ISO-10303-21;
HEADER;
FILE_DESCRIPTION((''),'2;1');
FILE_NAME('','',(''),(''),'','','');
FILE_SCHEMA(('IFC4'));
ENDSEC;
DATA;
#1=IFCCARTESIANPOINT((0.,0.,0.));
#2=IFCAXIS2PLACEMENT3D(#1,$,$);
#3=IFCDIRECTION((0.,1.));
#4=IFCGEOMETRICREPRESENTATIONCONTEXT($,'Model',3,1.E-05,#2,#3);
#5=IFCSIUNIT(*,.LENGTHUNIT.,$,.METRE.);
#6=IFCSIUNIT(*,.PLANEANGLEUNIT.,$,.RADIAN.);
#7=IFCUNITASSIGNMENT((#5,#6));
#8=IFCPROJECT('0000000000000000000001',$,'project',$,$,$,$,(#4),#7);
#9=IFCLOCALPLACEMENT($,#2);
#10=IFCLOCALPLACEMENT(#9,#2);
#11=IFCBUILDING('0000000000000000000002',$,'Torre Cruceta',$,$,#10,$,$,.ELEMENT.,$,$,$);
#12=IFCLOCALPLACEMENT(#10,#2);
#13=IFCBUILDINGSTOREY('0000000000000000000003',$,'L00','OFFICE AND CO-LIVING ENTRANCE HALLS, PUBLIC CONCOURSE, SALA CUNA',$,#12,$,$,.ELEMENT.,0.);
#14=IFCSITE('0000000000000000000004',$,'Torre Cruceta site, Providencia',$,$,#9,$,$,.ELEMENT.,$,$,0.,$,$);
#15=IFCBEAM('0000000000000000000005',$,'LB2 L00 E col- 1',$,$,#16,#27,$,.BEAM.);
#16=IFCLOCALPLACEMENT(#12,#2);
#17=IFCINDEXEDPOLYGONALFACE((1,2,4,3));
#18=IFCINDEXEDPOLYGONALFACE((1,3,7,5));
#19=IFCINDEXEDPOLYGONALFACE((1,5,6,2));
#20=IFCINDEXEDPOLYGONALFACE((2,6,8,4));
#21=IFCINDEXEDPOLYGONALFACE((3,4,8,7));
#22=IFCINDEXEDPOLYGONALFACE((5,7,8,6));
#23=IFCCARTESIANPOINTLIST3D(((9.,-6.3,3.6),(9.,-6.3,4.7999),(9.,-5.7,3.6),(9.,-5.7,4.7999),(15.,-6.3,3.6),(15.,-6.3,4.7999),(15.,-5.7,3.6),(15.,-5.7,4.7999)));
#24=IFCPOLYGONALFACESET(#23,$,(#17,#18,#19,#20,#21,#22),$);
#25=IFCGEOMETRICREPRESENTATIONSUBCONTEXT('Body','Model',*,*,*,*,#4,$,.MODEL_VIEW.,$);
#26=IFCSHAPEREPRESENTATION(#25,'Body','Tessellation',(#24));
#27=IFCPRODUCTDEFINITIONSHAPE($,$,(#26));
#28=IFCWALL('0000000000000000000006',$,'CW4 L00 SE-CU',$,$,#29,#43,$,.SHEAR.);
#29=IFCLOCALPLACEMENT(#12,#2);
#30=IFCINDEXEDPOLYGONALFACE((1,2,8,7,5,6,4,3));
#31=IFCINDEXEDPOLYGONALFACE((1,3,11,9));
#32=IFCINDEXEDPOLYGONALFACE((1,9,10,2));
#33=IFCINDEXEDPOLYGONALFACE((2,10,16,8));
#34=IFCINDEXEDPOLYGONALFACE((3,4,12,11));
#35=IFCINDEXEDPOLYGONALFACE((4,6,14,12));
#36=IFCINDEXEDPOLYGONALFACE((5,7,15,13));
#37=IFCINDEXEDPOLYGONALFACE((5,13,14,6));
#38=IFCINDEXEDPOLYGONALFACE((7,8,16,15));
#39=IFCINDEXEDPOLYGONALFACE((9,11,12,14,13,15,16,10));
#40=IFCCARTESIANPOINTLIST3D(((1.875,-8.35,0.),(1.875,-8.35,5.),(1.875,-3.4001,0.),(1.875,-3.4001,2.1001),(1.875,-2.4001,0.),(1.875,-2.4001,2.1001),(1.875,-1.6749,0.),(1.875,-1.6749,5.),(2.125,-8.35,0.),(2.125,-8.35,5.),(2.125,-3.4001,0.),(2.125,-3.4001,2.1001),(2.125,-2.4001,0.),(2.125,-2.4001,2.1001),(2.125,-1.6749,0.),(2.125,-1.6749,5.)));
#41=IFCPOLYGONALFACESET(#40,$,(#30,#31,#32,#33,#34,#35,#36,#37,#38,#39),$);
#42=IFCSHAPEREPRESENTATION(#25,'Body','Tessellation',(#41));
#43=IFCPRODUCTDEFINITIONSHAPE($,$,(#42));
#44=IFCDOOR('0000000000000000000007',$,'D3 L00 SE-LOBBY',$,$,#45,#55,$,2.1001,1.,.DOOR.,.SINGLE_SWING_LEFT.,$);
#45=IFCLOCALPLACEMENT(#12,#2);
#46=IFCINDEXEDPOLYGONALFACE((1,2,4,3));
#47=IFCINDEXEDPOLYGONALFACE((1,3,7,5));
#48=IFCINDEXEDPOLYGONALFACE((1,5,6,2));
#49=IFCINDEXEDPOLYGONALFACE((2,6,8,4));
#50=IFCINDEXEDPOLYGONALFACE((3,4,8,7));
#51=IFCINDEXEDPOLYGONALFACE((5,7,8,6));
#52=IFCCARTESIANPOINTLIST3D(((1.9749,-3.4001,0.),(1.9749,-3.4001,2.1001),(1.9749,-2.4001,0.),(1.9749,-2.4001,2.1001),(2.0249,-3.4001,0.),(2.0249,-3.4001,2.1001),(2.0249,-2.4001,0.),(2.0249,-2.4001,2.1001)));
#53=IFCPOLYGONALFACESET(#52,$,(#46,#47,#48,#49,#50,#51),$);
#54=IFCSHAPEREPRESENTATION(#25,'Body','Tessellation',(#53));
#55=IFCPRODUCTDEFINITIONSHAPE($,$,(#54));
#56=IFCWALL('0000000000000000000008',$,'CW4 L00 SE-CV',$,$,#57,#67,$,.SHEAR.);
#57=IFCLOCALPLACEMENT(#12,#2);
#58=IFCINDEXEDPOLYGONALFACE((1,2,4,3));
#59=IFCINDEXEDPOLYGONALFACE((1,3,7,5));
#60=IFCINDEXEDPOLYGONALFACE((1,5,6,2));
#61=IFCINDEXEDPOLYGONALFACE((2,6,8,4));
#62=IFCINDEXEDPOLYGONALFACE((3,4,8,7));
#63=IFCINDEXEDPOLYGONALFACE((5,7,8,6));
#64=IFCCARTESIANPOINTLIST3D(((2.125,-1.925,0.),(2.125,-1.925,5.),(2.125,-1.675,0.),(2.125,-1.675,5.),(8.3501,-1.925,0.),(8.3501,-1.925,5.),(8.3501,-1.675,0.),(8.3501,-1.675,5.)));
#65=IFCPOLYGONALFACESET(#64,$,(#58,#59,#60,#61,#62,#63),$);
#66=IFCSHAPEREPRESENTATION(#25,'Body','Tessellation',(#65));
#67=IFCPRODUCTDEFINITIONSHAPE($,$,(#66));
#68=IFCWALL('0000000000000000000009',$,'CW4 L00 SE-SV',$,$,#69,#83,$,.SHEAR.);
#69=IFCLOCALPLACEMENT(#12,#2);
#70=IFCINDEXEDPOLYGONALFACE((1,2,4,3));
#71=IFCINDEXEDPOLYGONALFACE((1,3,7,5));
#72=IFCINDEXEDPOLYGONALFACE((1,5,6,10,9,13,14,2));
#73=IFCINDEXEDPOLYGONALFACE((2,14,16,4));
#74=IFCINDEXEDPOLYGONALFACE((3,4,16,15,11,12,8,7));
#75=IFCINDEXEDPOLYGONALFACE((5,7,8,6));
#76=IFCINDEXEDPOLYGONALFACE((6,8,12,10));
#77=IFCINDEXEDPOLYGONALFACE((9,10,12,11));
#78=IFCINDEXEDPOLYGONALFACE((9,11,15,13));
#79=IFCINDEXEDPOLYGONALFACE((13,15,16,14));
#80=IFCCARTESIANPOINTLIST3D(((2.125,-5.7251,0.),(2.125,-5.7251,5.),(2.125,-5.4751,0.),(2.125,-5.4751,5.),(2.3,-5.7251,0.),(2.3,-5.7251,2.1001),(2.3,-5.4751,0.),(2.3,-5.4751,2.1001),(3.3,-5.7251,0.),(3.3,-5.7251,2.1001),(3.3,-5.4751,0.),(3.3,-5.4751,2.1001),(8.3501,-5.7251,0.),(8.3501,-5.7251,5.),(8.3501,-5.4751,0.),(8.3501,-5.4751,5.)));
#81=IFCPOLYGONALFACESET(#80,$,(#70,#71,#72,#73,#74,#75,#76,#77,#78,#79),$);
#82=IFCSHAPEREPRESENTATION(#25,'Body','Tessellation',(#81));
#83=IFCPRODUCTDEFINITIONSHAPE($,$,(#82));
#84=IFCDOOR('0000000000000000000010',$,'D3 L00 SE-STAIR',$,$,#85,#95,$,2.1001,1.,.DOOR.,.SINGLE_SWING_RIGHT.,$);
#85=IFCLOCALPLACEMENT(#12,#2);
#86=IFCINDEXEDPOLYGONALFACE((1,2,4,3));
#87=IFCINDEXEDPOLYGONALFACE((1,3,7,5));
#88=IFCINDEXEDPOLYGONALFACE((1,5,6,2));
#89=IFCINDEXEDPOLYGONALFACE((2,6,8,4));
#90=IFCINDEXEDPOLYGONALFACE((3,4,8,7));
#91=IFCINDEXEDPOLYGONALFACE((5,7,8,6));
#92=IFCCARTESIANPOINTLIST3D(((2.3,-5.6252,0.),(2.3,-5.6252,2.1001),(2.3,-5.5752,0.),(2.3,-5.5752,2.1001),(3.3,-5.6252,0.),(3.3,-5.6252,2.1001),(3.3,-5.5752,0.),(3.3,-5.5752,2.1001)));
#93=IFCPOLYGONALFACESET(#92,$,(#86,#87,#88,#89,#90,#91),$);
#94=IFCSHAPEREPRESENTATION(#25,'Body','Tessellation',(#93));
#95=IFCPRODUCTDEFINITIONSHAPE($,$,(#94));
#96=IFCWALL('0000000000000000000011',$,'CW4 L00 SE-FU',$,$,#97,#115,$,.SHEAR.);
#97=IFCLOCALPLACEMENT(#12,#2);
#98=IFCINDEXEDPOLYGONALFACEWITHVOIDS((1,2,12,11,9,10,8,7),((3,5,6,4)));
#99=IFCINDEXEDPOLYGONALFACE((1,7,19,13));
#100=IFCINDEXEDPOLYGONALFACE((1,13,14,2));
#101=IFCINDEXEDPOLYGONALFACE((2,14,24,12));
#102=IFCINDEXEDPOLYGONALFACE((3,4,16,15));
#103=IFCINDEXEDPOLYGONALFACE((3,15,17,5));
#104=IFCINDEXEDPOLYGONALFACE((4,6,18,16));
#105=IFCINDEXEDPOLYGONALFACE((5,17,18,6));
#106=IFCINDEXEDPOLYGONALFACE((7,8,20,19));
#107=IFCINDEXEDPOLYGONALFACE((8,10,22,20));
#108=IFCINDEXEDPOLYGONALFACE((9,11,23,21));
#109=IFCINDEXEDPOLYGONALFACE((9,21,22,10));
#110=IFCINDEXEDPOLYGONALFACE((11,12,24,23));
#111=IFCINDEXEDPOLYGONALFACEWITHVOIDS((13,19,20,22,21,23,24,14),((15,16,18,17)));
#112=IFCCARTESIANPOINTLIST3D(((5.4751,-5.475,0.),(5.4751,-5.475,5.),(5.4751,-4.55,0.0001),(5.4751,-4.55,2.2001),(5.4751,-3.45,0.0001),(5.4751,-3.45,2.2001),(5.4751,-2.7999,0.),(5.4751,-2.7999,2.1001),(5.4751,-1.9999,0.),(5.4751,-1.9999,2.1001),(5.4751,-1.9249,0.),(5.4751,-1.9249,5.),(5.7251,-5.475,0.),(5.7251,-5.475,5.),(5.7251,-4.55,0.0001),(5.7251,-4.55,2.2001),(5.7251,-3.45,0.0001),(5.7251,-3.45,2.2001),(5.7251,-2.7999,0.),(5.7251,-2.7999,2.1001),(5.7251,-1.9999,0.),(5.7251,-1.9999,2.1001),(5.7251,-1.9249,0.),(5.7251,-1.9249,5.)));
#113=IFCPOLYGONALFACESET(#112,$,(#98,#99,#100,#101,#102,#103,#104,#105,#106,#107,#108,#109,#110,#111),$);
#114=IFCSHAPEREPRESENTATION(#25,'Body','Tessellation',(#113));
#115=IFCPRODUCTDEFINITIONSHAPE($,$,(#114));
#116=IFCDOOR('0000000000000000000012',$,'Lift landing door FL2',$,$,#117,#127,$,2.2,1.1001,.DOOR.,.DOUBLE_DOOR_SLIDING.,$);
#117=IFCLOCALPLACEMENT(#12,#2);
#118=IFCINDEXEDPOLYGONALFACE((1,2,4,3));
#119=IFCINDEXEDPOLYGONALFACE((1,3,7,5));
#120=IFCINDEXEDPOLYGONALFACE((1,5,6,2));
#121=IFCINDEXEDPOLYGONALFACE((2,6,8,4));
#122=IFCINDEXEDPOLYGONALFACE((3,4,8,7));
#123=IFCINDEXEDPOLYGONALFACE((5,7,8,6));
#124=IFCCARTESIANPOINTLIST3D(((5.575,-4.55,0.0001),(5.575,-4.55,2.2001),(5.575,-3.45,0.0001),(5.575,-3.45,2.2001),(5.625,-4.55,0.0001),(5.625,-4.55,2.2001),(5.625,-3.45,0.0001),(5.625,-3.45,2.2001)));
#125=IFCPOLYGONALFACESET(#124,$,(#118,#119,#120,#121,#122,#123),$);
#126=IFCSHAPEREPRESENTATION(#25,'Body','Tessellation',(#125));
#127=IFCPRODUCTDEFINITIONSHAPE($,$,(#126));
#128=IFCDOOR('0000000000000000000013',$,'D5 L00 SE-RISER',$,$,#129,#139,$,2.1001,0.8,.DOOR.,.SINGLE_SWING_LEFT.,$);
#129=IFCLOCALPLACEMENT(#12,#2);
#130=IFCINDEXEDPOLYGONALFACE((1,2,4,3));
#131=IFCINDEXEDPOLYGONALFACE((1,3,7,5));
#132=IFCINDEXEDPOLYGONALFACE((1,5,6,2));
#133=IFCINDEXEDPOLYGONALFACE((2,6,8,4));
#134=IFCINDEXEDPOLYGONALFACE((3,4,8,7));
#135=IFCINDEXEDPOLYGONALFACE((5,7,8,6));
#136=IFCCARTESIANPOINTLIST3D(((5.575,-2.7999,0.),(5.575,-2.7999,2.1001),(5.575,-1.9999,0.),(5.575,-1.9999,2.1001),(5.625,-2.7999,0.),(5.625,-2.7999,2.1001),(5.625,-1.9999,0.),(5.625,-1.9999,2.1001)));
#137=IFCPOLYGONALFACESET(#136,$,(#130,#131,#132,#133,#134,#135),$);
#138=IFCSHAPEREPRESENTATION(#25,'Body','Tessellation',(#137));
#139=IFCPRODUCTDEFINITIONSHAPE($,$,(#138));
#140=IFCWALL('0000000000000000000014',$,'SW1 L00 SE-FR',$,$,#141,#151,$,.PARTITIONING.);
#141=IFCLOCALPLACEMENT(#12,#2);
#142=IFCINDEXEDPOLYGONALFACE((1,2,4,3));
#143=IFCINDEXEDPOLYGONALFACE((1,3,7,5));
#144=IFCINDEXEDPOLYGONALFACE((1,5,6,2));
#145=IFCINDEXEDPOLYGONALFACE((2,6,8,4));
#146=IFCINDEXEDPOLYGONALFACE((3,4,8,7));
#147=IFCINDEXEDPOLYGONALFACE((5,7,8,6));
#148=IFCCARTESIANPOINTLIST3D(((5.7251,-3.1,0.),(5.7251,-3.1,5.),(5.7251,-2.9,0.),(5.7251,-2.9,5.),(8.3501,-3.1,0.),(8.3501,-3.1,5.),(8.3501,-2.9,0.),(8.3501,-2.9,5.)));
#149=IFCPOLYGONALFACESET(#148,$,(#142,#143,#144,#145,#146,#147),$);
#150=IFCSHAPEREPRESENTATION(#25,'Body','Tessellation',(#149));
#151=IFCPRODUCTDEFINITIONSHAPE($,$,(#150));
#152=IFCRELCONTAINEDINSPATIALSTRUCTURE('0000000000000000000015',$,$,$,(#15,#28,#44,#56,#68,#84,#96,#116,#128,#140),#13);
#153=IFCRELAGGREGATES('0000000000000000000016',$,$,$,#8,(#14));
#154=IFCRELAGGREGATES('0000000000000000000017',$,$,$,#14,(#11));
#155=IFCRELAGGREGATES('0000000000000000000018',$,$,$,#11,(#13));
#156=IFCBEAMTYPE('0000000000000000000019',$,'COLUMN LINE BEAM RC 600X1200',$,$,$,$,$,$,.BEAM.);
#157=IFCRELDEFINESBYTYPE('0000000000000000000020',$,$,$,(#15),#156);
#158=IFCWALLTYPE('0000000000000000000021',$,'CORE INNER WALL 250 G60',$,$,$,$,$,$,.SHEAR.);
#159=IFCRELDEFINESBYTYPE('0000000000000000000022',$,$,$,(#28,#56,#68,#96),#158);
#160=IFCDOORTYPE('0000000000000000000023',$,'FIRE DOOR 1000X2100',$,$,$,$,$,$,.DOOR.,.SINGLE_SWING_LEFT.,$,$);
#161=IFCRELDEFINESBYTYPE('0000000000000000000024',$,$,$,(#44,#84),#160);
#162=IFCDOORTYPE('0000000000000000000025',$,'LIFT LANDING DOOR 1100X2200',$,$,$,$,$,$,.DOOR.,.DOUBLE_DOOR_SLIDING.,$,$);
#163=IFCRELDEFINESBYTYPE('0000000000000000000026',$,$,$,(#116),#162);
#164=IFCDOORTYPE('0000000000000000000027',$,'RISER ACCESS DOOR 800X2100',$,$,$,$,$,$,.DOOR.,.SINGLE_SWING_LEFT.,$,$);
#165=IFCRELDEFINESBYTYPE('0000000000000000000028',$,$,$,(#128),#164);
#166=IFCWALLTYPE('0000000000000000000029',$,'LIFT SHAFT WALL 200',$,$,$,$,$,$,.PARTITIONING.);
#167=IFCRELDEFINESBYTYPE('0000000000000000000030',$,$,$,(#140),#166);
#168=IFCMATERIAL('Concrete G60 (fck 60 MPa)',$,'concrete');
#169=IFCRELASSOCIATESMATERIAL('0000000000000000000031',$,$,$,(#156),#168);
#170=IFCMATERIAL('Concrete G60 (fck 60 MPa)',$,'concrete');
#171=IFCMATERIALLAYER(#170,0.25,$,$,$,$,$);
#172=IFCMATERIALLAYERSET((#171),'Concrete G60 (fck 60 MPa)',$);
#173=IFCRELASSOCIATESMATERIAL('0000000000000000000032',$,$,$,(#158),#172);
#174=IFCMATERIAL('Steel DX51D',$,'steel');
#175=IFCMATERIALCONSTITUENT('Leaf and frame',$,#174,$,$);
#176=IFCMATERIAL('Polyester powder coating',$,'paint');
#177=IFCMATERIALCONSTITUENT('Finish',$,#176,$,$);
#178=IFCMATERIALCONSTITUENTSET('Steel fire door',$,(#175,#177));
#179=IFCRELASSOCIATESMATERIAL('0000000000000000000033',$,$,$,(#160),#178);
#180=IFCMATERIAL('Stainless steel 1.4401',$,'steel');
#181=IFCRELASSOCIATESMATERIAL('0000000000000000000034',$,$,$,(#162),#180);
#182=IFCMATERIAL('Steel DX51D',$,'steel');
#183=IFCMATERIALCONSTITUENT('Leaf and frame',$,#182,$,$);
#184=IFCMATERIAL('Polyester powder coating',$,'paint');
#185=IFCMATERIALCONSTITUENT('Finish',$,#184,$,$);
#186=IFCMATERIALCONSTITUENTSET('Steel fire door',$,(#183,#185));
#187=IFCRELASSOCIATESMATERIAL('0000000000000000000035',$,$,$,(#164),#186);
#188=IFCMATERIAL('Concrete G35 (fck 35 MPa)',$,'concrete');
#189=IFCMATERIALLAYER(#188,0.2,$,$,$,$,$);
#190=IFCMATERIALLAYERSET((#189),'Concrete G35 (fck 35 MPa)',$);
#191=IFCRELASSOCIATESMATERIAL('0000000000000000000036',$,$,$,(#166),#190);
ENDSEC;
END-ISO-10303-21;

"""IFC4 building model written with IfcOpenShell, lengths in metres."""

from ifc_helpers import new_model, si_unit, direction, frame, frame_2d, origin, origin_2d, place, context, subcontext, project, spatial, rectangle, extrude, material, layer, layer_set, constituent, constituent_set, material_profile, profile_set, type_object, element, fill, save


model = new_model("IFC4")

# Units and contexts
model_context = context("Model", 3, precision=1e-05, world=origin(), true_north=direction((0.0, 1.0)))
body_context = subcontext(model_context, "Body", "Model", "MODEL_VIEW")
ifc_project = project(units=[si_unit("LENGTHUNIT", "METRE"), si_unit("PLANEANGLEUNIT", "RADIAN")], contexts=[model_context])

# Site, building, storey
site_placement = place(None, origin())
site = spatial("IfcSite", under=ifc_project, at=site_placement, Name="Torre Cruceta site, Providencia", CompositionType="ELEMENT", RefElevation=0.0)
building_placement = place(site_placement, origin())
building = spatial("IfcBuilding", under=site, at=building_placement, Name="Torre Cruceta", CompositionType="ELEMENT")
storey_placement = place(building_placement, origin())
storey = spatial("IfcBuildingStorey", under=building, at=storey_placement, Name="L00", Description="OFFICE AND CO-LIVING ENTRANCE HALLS, PUBLIC CONCOURSE, SALA CUNA", CompositionType="ELEMENT", Elevation=0.0)

# Beam
ifc_material_1 = material(Name="Concrete G60 (fck 60 MPa)", Category="concrete")
ifc_material_profile = material_profile(ifc_material_1, rectangle(XDim=0.6001, YDim=1.2, at=origin_2d()), Name="RC 600X1200")
ifc_profile_set = profile_set([ifc_material_profile], Name="Concrete G60 (fck 60 MPa)")
beam_type = type_object("IfcBeamType", Name="COLUMN LINE BEAM RC 600X1200", PredefinedType="BEAM", material=ifc_profile_set)
beam_placement = place(storey_placement, frame((9.0, -6.0, 4.2), z_axis=(1.0, 0.0, 0.0), x_axis=(0.0, 1.0, 0.0)))
element("IfcBeam", 1, at=beam_placement, inside=storey, type_object=beam_type, Name="LB2 L00 E col- 1", PredefinedType="BEAM", context=body_context, shape_type="SweptSolid", body=[
    extrude(rectangle(XDim=0.6001, YDim=1.2, at=origin_2d()), origin(), (0.0, 0.0, 1.0), 6.0),
])

# Wall, opening, door
ifc_material_2 = material(Name="Concrete G60 (fck 60 MPa)", Category="concrete")
ifc_layer_1 = layer(ifc_material_2, 0.25)
ifc_layer_set_1 = layer_set([ifc_layer_1], Name="Concrete G60 (fck 60 MPa)")
wall_type_1 = type_object("IfcWallType", Name="CORE INNER WALL 250 G60", PredefinedType="SHEAR", material=ifc_layer_set_1)
wall_1_placement = place(storey_placement, frame((2.0, -1.675, 0.0), z_axis=(0.0, 0.0, 1.0), x_axis=(0.0, -1.0, 0.0)))
wall_1 = element("IfcWall", 2, at=wall_1_placement, inside=storey, type_object=wall_type_1, Name="CW4 L00 SE-CU", PredefinedType="SHEAR", context=body_context, shape_type="SweptSolid", body=[
    extrude(rectangle(XDim=6.675, YDim=0.25, at=frame_2d((3.3374, 0.0))), origin(), (0.0, 0.0, 1.0), 5.0),
])
opening_1_placement = place(wall_1_placement, frame((0.7251, 0.0, 0.0)))
opening_1 = element("IfcOpeningElement", 3, at=opening_1_placement, cuts=wall_1, PredefinedType="OPENING", context=body_context, shape_type="SweptSolid", body=[
    extrude(rectangle(XDim=1.0, YDim=2.1001, at=frame_2d((0.5, 1.05))), frame((0.0, 0.135, 0.0), z_axis=(0.0, -1.0, 0.0), x_axis=(1.0, 0.0, 0.0)), (0.0, 0.0, 1.0), 0.27),
])
ifc_material_3 = material(Name="Steel DX51D", Category="steel")
ifc_constituent_1 = constituent(ifc_material_3, Name="Leaf and frame")
ifc_material_4 = material(Name="Polyester powder coating", Category="paint")
ifc_constituent_2 = constituent(ifc_material_4, Name="Finish")
ifc_constituent_set_1 = constituent_set(constituents=[ifc_constituent_1, ifc_constituent_2], Name="Steel fire door")
door_type_1 = type_object("IfcDoorType", Name="FIRE DOOR 1000X2100", OperationType="SINGLE_SWING_LEFT", PredefinedType="DOOR", material=ifc_constituent_set_1)
door_1_placement = place(opening_1_placement, origin())
door_1 = element("IfcDoor", 4, at=door_1_placement, inside=storey, type_object=door_type_1, Name="D3 L00 SE-LOBBY", OperationType="SINGLE_SWING_LEFT", OverallHeight=2.1001, OverallWidth=1.0, PredefinedType="DOOR", context=body_context, shape_type="SweptSolid", body=[
    extrude(rectangle(XDim=1.0, YDim=2.1001, at=frame_2d((0.5, 1.05))), frame((0.0, 0.0249, 0.0), z_axis=(0.0, -1.0, 0.0), x_axis=(1.0, 0.0, 0.0)), (0.0, 0.0, 1.0), 0.05),
])
fill(opening_1, door_1)

# Wall
wall_2_placement = place(storey_placement, frame((2.125, -1.8, 0.0), z_axis=(0.0, 0.0, 1.0), x_axis=(1.0, 0.0, 0.0)))
element("IfcWall", 5, at=wall_2_placement, inside=storey, type_object=wall_type_1, Name="CW4 L00 SE-CV", PredefinedType="SHEAR", context=body_context, shape_type="SweptSolid", body=[
    extrude(rectangle(XDim=6.2251, YDim=0.25, at=frame_2d((3.1125, 0.0))), origin(), (0.0, 0.0, 1.0), 5.0),
])

# Wall, opening, door
wall_3_placement = place(storey_placement, frame((2.125, -5.6001, 0.0), z_axis=(0.0, 0.0, 1.0), x_axis=(1.0, 0.0, 0.0)))
wall_3 = element("IfcWall", 6, at=wall_3_placement, inside=storey, type_object=wall_type_1, Name="CW4 L00 SE-SV", PredefinedType="SHEAR", context=body_context, shape_type="SweptSolid", body=[
    extrude(rectangle(XDim=6.2251, YDim=0.25, at=frame_2d((3.1125, 0.0))), origin(), (0.0, 0.0, 1.0), 5.0),
])
opening_2_placement = place(wall_3_placement, frame((0.175, 0.0, 0.0)))
opening_2 = element("IfcOpeningElement", 7, at=opening_2_placement, cuts=wall_3, PredefinedType="OPENING", context=body_context, shape_type="SweptSolid", body=[
    extrude(rectangle(XDim=1.0, YDim=2.1001, at=frame_2d((0.5, 1.05))), frame((0.0, 0.135, 0.0), z_axis=(0.0, -1.0, 0.0), x_axis=(1.0, 0.0, 0.0)), (0.0, 0.0, 1.0), 0.27),
])
door_2_placement = place(opening_2_placement, frame((1.0, 0.0, 0.0), z_axis=(0.0, 0.0, 1.0), x_axis=(-1.0, 0.0, 0.0)))
door_2 = element("IfcDoor", 8, at=door_2_placement, inside=storey, type_object=door_type_1, Name="D3 L00 SE-STAIR", OperationType="SINGLE_SWING_RIGHT", OverallHeight=2.1001, OverallWidth=1.0, PredefinedType="DOOR", context=body_context, shape_type="SweptSolid", body=[
    extrude(rectangle(XDim=1.0, YDim=2.1001, at=frame_2d((0.5, 1.05))), frame((0.0, 0.0251, 0.0), z_axis=(0.0, -1.0, 0.0), x_axis=(1.0, 0.0, 0.0)), (0.0, 0.0, 1.0), 0.05),
])
fill(opening_2, door_2)

# Wall, openings, doors
wall_4_placement = place(storey_placement, frame((5.6001, -1.925, 0.0), z_axis=(0.0, 0.0, 1.0), x_axis=(0.0, -1.0, 0.0)))
wall_4 = element("IfcWall", 9, at=wall_4_placement, inside=storey, type_object=wall_type_1, Name="CW4 L00 SE-FU", PredefinedType="SHEAR", context=body_context, shape_type="SweptSolid", body=[
    extrude(rectangle(XDim=3.55, YDim=0.25, at=frame_2d((1.7749, 0.0))), origin(), (0.0, 0.0, 1.0), 5.0),
])
opening_3_placement = place(wall_4_placement, frame((1.5249, 0.0, 0.0)))
opening_3 = element("IfcOpeningElement", 10, at=opening_3_placement, cuts=wall_4, PredefinedType="OPENING", context=body_context, shape_type="SweptSolid", body=[
    extrude(rectangle(XDim=1.1001, YDim=2.2, at=frame_2d((0.55, 1.1001))), frame((0.0, 0.135, 0.0), z_axis=(0.0, -1.0, 0.0), x_axis=(1.0, 0.0, 0.0)), (0.0, 0.0, 1.0), 0.27),
])
opening_4_placement = place(wall_4_placement, frame((0.075, 0.0, 0.0)))
opening_4 = element("IfcOpeningElement", 11, at=opening_4_placement, cuts=wall_4, PredefinedType="OPENING", context=body_context, shape_type="SweptSolid", body=[
    extrude(rectangle(XDim=0.8, YDim=2.1001, at=frame_2d((0.3999, 1.05))), frame((0.0, 0.135, 0.0), z_axis=(0.0, -1.0, 0.0), x_axis=(1.0, 0.0, 0.0)), (0.0, 0.0, 1.0), 0.27),
])
ifc_material_5 = material(Name="Stainless steel 1.4401", Category="steel")
door_type_2 = type_object("IfcDoorType", Name="LIFT LANDING DOOR 1100X2200", OperationType="DOUBLE_DOOR_SLIDING", PredefinedType="DOOR", material=ifc_material_5)
door_3_placement = place(opening_3_placement, origin())
door_3 = element("IfcDoor", 12, at=door_3_placement, inside=storey, type_object=door_type_2, Name="Lift landing door FL2", OperationType="DOUBLE_DOOR_SLIDING", OverallHeight=2.2, OverallWidth=1.1001, PredefinedType="DOOR", context=body_context, shape_type="SweptSolid", body=[
    extrude(rectangle(XDim=1.1001, YDim=2.2, at=frame_2d((0.55, 1.1001))), frame((0.0, 0.0249, 0.0), z_axis=(0.0, -1.0, 0.0), x_axis=(1.0, 0.0, 0.0)), (0.0, 0.0, 1.0), 0.05),
])
fill(opening_3, door_3)
ifc_material_6 = material(Name="Steel DX51D", Category="steel")
ifc_constituent_3 = constituent(ifc_material_6, Name="Leaf and frame")
ifc_material_7 = material(Name="Polyester powder coating", Category="paint")
ifc_constituent_4 = constituent(ifc_material_7, Name="Finish")
ifc_constituent_set_2 = constituent_set(constituents=[ifc_constituent_3, ifc_constituent_4], Name="Steel fire door")
door_type_3 = type_object("IfcDoorType", Name="RISER ACCESS DOOR 800X2100", OperationType="SINGLE_SWING_LEFT", PredefinedType="DOOR", material=ifc_constituent_set_2)
door_4_placement = place(opening_4_placement, origin())
door_4 = element("IfcDoor", 13, at=door_4_placement, inside=storey, type_object=door_type_3, Name="D5 L00 SE-RISER", OperationType="SINGLE_SWING_LEFT", OverallHeight=2.1001, OverallWidth=0.8, PredefinedType="DOOR", context=body_context, shape_type="SweptSolid", body=[
    extrude(rectangle(XDim=0.8, YDim=2.1001, at=frame_2d((0.3999, 1.05))), frame((0.0, 0.0249, 0.0), z_axis=(0.0, -1.0, 0.0), x_axis=(1.0, 0.0, 0.0)), (0.0, 0.0, 1.0), 0.05),
])
fill(opening_4, door_4)

# Wall
ifc_material_8 = material(Name="Concrete G35 (fck 35 MPa)", Category="concrete")
ifc_layer_2 = layer(ifc_material_8, 0.2)
ifc_layer_set_2 = layer_set([ifc_layer_2], Name="Concrete G35 (fck 35 MPa)")
wall_type_2 = type_object("IfcWallType", Name="LIFT SHAFT WALL 200", PredefinedType="PARTITIONING", material=ifc_layer_set_2)
wall_5_placement = place(storey_placement, frame((5.7251, -3.0, 0.0), z_axis=(0.0, 0.0, 1.0), x_axis=(1.0, 0.0, 0.0)))
element("IfcWall", 14, at=wall_5_placement, inside=storey, type_object=wall_type_2, Name="SW1 L00 SE-FR", PredefinedType="PARTITIONING", context=body_context, shape_type="SweptSolid", body=[
    extrude(rectangle(XDim=2.625, YDim=0.2, at=frame_2d((1.3125, 0.0))), origin(), (0.0, 0.0, 1.0), 5.0),
])

save(model, "model.ifc")
